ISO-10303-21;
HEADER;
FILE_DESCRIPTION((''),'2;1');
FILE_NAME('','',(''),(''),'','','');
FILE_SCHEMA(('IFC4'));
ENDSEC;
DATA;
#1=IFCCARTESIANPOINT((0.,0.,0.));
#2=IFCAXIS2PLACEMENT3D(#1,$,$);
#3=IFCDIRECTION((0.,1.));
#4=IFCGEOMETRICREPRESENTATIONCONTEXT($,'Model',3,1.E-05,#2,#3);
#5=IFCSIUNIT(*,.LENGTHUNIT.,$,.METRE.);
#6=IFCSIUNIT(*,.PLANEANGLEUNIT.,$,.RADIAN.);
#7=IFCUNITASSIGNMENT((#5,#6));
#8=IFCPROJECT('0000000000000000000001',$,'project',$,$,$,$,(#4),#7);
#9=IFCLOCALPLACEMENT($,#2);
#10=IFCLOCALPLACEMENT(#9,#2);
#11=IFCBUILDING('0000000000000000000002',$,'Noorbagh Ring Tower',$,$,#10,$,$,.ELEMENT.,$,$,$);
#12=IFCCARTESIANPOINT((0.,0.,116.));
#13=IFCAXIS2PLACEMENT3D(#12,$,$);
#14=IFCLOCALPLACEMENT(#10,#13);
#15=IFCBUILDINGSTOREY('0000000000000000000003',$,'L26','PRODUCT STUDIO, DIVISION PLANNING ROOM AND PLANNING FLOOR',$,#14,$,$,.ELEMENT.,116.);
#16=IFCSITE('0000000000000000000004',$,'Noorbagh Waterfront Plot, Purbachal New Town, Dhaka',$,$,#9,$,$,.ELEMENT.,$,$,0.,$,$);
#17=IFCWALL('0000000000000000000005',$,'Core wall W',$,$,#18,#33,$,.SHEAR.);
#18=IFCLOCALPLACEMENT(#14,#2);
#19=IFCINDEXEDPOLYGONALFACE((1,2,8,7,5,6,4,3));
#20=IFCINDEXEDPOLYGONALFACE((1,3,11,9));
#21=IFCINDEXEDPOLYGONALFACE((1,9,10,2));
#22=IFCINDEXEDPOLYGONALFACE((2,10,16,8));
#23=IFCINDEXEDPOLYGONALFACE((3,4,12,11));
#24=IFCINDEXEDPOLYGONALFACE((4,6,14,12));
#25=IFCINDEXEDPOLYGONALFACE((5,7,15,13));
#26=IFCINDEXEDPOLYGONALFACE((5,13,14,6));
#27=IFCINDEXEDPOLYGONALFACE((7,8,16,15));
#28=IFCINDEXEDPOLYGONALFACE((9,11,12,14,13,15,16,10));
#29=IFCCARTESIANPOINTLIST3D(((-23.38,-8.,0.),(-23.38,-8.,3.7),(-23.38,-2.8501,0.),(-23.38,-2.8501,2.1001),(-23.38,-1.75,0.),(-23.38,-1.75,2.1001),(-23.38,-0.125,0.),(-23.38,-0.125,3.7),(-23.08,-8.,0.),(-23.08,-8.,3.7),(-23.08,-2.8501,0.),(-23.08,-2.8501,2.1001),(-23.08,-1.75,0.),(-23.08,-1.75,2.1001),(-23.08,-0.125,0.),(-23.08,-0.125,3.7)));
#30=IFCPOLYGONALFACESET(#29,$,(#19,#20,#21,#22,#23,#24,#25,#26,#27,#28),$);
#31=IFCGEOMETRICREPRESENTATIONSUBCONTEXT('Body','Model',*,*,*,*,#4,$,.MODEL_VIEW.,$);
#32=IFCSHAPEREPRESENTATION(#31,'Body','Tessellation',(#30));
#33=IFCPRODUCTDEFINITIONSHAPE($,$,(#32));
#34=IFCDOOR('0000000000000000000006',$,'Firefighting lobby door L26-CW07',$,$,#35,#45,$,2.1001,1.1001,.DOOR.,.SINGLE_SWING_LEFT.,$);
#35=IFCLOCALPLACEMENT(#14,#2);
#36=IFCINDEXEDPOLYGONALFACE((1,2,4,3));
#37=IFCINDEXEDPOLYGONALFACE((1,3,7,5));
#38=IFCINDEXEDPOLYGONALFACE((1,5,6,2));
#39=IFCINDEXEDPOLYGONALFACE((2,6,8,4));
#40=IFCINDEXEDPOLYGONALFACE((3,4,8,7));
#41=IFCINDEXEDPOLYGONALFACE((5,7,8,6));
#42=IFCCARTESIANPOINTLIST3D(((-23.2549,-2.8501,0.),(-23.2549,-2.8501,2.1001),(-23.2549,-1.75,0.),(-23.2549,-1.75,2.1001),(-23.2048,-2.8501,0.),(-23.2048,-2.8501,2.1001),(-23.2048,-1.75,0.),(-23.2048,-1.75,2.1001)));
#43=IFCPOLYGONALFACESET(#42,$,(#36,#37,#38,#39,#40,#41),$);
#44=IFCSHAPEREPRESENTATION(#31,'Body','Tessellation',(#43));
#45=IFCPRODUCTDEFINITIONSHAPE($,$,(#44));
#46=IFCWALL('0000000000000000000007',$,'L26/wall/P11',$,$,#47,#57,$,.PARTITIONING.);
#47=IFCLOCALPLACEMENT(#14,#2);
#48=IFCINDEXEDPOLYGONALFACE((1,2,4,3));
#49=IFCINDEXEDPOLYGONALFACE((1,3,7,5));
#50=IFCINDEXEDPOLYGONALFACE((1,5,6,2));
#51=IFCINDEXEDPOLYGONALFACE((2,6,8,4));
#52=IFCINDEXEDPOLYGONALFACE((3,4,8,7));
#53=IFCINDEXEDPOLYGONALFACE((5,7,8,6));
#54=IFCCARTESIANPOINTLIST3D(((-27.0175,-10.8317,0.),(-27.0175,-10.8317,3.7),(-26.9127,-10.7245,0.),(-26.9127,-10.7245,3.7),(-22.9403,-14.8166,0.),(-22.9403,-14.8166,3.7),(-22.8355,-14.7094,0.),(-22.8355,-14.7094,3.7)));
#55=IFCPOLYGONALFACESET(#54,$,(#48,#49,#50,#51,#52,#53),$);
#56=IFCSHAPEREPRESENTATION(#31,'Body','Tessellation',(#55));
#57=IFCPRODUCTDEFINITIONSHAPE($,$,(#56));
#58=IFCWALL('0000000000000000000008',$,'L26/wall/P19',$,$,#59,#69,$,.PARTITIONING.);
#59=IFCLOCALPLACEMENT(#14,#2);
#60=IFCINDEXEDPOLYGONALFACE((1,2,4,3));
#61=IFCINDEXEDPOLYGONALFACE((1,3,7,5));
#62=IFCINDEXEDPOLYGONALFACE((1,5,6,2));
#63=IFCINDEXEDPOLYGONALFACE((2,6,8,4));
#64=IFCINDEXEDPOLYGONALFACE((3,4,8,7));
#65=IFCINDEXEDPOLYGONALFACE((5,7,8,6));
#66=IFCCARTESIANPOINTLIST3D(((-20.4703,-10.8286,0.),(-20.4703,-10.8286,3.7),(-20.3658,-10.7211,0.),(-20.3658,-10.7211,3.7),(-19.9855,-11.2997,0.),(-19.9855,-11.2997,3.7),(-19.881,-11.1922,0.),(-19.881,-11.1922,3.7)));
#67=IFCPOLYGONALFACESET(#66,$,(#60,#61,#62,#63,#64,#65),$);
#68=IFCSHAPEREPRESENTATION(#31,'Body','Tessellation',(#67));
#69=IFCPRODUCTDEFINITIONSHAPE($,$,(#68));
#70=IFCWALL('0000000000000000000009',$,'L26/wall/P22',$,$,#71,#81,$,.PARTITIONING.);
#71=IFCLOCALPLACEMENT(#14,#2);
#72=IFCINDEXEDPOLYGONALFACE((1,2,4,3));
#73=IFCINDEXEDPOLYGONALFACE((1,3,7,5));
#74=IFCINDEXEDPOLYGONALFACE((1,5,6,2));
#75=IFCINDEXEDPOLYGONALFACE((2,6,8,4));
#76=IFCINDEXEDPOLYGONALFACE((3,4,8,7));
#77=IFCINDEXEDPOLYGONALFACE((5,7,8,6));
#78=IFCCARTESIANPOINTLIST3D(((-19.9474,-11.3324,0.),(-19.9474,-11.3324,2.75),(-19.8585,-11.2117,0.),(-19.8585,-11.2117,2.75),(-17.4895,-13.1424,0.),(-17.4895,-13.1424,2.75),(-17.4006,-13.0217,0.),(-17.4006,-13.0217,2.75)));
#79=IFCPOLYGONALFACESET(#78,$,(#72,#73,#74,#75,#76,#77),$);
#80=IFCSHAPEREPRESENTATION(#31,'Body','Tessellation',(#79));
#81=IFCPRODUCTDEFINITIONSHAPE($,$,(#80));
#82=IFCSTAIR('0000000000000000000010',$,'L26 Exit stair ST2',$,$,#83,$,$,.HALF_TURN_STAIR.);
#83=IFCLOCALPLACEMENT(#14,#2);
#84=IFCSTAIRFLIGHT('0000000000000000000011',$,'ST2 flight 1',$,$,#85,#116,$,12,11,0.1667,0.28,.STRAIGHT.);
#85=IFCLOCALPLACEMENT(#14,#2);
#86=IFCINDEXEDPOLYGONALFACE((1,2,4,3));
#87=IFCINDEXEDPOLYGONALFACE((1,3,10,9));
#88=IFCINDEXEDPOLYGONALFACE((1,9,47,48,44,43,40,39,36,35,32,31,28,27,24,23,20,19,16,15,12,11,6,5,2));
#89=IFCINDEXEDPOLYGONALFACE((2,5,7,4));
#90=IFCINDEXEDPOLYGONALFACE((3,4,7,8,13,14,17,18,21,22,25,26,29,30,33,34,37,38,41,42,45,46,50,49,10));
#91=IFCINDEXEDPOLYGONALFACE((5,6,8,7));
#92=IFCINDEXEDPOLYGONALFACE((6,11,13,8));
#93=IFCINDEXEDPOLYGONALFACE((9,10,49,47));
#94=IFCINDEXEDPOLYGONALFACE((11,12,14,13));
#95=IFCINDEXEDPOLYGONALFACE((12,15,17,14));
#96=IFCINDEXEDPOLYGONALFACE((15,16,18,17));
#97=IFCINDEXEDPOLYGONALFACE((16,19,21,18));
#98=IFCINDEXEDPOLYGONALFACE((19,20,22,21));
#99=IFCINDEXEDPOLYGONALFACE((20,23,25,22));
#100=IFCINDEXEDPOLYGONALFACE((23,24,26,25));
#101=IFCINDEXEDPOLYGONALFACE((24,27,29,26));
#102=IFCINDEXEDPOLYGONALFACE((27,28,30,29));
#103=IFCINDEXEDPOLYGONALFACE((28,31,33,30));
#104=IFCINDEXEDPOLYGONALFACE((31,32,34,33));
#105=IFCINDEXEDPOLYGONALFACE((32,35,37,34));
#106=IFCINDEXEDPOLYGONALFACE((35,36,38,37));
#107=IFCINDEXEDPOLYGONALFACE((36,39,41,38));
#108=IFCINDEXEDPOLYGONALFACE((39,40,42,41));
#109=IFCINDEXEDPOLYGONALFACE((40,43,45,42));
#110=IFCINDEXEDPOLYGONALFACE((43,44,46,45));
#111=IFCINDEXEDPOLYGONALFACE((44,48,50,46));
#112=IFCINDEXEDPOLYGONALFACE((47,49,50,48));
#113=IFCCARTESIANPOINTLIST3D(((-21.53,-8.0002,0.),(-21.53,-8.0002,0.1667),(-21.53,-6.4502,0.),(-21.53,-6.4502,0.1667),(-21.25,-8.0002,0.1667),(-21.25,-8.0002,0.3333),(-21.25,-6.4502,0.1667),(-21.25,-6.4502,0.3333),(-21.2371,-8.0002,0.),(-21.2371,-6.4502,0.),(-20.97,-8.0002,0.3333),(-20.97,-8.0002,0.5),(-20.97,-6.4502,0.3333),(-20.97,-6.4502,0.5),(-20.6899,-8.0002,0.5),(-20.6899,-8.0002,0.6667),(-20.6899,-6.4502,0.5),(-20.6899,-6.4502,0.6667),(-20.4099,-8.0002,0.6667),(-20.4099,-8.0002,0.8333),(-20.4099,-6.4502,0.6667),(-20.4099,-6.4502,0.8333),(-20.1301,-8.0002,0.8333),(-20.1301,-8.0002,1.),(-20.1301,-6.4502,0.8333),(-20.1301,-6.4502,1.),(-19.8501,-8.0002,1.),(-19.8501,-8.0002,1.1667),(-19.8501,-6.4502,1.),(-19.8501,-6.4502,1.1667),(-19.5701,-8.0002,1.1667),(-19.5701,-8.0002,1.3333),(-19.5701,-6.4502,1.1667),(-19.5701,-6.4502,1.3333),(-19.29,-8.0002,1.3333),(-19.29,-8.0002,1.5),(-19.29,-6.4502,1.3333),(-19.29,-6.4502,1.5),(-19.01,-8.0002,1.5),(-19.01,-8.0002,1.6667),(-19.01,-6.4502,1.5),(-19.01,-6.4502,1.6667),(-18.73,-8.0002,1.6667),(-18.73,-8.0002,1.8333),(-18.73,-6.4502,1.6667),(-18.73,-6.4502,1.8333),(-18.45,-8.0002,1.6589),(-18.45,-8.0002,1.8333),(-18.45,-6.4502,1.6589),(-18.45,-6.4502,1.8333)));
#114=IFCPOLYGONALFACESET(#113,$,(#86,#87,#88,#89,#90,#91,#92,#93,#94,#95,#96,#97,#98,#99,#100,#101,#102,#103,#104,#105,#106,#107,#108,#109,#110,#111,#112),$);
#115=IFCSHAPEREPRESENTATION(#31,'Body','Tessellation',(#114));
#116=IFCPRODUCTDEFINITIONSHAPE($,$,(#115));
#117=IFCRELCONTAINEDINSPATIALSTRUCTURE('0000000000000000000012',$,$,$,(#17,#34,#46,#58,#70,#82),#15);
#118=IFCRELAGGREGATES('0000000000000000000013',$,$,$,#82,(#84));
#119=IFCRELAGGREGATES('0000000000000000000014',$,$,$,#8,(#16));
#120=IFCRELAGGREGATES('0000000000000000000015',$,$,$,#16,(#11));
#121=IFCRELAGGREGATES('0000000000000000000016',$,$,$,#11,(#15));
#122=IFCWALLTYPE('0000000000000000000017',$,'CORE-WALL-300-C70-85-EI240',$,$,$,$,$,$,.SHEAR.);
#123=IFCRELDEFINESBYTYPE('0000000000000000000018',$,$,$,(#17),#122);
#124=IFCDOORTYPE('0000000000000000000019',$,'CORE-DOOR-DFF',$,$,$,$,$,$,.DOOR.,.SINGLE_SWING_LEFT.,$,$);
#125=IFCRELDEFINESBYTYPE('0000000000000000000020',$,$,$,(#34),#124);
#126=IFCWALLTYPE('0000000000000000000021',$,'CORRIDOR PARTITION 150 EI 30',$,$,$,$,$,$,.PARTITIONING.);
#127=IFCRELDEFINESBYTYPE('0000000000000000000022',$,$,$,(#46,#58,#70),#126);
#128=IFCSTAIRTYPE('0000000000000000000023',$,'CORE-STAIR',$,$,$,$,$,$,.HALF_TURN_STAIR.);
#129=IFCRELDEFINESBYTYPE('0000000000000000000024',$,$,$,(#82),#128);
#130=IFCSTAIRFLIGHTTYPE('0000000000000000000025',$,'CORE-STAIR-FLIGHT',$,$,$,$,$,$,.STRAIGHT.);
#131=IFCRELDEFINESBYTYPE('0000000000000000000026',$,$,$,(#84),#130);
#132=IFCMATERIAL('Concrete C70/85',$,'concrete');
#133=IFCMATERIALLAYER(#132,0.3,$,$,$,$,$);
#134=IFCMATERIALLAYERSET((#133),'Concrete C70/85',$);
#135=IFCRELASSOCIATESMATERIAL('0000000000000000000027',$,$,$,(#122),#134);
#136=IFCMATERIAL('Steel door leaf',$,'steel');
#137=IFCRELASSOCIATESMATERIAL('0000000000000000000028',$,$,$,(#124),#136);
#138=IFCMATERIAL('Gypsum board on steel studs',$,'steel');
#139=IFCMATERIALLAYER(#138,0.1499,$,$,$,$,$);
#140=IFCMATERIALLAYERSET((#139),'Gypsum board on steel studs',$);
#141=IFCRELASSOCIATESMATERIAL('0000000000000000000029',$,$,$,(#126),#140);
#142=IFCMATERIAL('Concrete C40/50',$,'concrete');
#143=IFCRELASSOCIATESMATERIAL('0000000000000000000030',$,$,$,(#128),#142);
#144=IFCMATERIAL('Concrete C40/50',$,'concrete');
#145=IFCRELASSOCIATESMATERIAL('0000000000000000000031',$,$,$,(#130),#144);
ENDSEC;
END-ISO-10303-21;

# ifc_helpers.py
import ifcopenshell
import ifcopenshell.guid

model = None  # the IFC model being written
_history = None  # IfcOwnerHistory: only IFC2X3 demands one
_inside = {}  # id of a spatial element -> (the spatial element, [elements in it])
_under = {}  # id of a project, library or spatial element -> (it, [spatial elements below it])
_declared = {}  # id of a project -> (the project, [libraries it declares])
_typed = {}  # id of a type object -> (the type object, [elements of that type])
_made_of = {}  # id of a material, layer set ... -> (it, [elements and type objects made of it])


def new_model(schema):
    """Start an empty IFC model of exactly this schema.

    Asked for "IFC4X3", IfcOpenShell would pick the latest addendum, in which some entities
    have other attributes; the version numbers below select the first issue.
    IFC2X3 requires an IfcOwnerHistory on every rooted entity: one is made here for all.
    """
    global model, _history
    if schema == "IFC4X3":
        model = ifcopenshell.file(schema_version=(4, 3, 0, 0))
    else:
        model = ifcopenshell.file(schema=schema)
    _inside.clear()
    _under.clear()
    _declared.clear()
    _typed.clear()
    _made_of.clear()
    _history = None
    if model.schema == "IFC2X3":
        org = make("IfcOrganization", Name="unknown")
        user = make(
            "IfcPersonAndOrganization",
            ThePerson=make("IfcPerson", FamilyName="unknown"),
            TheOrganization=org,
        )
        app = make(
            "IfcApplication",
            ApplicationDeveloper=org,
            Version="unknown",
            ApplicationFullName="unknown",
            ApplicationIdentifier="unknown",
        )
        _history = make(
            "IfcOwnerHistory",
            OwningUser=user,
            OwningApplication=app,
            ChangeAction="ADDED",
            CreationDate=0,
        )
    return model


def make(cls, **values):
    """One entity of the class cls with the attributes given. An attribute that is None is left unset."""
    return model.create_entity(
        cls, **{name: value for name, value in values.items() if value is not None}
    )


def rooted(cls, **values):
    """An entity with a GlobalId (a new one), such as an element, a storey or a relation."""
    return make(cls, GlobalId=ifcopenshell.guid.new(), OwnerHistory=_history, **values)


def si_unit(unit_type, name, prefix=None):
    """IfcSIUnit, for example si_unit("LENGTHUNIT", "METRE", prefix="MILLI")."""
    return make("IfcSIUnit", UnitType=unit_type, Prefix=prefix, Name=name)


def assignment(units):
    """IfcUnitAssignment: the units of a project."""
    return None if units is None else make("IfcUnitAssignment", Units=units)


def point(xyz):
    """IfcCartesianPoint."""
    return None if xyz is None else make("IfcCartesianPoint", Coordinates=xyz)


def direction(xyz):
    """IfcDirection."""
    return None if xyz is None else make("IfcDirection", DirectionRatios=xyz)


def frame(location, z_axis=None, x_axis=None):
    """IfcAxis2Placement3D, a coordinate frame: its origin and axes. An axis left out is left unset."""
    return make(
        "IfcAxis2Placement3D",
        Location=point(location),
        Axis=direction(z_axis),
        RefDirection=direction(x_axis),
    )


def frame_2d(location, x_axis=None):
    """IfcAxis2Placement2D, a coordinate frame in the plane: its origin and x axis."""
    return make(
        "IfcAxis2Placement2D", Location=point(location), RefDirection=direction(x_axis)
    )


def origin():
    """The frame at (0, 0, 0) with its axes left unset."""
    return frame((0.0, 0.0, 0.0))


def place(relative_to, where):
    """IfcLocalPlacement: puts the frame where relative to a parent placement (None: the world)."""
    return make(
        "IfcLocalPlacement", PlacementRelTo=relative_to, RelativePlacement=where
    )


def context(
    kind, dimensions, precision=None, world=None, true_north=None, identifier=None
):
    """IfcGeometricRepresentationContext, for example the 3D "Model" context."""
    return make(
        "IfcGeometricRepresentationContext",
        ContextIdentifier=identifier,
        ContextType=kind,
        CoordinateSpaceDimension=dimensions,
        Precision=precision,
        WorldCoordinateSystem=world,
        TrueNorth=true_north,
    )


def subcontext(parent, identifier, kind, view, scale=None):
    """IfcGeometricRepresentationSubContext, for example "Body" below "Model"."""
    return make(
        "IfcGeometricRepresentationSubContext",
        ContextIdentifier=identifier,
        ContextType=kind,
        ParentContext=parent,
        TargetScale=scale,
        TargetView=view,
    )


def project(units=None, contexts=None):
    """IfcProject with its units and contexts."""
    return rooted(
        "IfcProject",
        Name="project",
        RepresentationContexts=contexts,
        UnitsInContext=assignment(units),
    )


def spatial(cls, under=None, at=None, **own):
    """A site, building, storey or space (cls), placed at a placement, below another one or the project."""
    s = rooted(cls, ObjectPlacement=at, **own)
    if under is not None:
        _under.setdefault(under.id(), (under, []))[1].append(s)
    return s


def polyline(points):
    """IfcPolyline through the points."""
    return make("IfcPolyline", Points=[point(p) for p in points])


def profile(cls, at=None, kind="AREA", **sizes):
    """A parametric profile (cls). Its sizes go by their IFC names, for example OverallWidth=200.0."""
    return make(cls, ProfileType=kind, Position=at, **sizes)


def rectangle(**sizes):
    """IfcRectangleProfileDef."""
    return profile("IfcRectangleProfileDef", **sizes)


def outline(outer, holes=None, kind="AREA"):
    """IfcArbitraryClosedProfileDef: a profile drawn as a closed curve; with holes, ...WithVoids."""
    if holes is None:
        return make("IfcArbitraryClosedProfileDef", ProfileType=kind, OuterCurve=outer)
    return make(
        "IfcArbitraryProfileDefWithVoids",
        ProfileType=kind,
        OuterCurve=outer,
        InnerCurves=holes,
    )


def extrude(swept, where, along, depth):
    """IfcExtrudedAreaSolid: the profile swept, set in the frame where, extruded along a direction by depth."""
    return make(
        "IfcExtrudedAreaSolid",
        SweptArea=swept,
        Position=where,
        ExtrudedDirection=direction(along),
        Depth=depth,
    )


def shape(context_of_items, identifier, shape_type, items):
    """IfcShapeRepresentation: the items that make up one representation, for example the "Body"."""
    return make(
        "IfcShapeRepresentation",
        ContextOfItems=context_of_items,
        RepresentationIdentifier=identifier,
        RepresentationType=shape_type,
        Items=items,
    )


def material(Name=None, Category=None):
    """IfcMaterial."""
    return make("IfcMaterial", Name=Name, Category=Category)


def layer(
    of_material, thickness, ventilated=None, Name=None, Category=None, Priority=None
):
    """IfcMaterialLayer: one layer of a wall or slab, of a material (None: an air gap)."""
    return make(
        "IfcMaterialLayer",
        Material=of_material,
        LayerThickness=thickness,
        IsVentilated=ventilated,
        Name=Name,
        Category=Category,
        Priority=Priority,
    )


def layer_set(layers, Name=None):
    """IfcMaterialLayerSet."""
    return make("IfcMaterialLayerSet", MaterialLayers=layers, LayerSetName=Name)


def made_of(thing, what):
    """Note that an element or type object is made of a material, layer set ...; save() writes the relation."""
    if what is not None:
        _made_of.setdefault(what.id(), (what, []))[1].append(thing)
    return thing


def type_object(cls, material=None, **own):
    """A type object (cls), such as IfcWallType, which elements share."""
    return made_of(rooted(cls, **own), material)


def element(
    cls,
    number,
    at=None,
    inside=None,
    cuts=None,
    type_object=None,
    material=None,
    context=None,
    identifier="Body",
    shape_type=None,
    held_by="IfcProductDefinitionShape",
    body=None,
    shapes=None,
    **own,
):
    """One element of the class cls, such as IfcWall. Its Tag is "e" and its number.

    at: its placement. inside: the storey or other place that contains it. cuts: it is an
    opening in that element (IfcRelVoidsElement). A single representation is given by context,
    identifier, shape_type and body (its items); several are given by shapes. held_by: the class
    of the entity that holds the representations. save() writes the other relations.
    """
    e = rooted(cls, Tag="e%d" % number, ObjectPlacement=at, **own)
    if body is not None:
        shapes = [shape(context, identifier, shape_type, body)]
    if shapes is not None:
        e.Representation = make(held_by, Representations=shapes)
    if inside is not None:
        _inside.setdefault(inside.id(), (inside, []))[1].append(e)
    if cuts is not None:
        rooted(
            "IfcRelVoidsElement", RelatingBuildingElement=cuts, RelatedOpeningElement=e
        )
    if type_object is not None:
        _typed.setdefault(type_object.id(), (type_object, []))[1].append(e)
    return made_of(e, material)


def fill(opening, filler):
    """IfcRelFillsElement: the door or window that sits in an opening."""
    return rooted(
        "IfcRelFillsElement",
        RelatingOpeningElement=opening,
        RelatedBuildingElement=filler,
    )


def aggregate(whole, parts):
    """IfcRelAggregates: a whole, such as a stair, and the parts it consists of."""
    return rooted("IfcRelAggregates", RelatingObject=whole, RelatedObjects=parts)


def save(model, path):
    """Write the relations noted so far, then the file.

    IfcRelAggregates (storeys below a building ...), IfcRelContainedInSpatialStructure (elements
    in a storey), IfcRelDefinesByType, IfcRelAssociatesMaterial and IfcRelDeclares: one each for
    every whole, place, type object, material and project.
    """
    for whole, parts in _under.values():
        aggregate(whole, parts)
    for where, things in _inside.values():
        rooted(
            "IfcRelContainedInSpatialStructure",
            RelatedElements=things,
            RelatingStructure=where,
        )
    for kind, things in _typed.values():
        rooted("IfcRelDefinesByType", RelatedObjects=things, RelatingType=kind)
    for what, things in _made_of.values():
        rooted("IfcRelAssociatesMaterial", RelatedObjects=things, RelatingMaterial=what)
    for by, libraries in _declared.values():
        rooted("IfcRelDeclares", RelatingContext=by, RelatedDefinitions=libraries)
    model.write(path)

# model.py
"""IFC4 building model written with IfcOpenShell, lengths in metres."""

from ifc_helpers import new_model, si_unit, direction, frame, frame_2d, origin, place, context, subcontext, project, spatial, polyline, rectangle, outline, extrude, material, layer, layer_set, type_object, element, fill, aggregate, save


model = new_model("IFC4")

# Units and contexts
model_context = context("Model", 3, precision=1e-05, world=origin(), true_north=direction((0.0, 1.0)))
body_context = subcontext(model_context, "Body", "Model", "MODEL_VIEW")
ifc_project = project(units=[si_unit("LENGTHUNIT", "METRE"), si_unit("PLANEANGLEUNIT", "RADIAN")], contexts=[model_context])

# Site, building, storey
site_placement = place(None, origin())
site = spatial("IfcSite", under=ifc_project, at=site_placement, Name="Noorbagh Waterfront Plot, Purbachal New Town, Dhaka", CompositionType="ELEMENT", RefElevation=0.0)
building_placement = place(site_placement, origin())
building = spatial("IfcBuilding", under=site, at=building_placement, Name="Noorbagh Ring Tower", CompositionType="ELEMENT")
storey_placement = place(building_placement, frame((0.0, 0.0, 116.0)))
storey = spatial("IfcBuildingStorey", under=building, at=storey_placement, Name="L26", Description="PRODUCT STUDIO, DIVISION PLANNING ROOM AND PLANNING FLOOR", CompositionType="ELEMENT", Elevation=116.0)

# Shared definitions
ifc_material_1 = material(Name="Concrete C70/85", Category="concrete")
ifc_layer_1 = layer(ifc_material_1, 0.3)
ifc_layer_set_1 = layer_set([ifc_layer_1], Name="Concrete C70/85")
wall_type_1 = type_object("IfcWallType", Name="CORE-WALL-300-C70-85-EI240", PredefinedType="SHEAR", material=ifc_layer_set_1)

# Wall, opening, door
wall_1_placement = place(storey_placement, frame((-23.23, -8.0, 0.0), z_axis=(0.0, 0.0, 1.0), x_axis=(0.0, 1.0, 0.0)))
wall_1 = element("IfcWall", 1, at=wall_1_placement, inside=storey, type_object=wall_type_1, Name="Core wall W", PredefinedType="SHEAR", context=body_context, shape_type="SweptSolid", body=[
    extrude(rectangle(XDim=7.875, YDim=0.3, at=frame_2d((3.9375, 0.0))), origin(), (0.0, 0.0, 1.0), 3.7),
])
opening_1_placement = place(wall_1_placement, frame((5.1499, 0.0, 0.0)))
opening_1 = element("IfcOpeningElement", 2, at=opening_1_placement, cuts=wall_1, PredefinedType="OPENING", context=body_context, shape_type="SweptSolid", body=[
    extrude(rectangle(XDim=1.1001, YDim=2.1001, at=frame_2d((0.55, 1.05))), frame((0.0, 0.1602, 0.0), z_axis=(0.0, -1.0, 0.0), x_axis=(1.0, 0.0, 0.0)), (0.0, 0.0, 1.0), 0.3201),
])
ifc_material_2 = material(Name="Steel door leaf", Category="steel")
door_type_1 = type_object("IfcDoorType", Name="CORE-DOOR-DFF", OperationType="SINGLE_SWING_LEFT", PredefinedType="DOOR", material=ifc_material_2)
door_1_placement = place(opening_1_placement, origin())
door_1 = element("IfcDoor", 3, at=door_1_placement, inside=storey, type_object=door_type_1, Name="Firefighting lobby door L26-CW07", OperationType="SINGLE_SWING_LEFT", OverallHeight=2.1001, OverallWidth=1.1001, PredefinedType="DOOR", context=body_context, shape_type="SweptSolid", body=[
    extrude(rectangle(XDim=1.1001, YDim=2.1001, at=frame_2d((0.55, 1.05))), frame((0.0, 0.0249, 0.0), z_axis=(0.0, -1.0, 0.0), x_axis=(1.0, 0.0, 0.0)), (0.0, 0.0, 1.0), 0.05),
])
fill(opening_1, door_1)

# Walls
ifc_material_3 = material(Name="Gypsum board on steel studs", Category="steel")
ifc_layer_2 = layer(ifc_material_3, 0.1499)
ifc_layer_set_2 = layer_set([ifc_layer_2], Name="Gypsum board on steel studs")
wall_type_2 = type_object("IfcWallType", Name="CORRIDOR PARTITION 150 EI 30", PredefinedType="PARTITIONING", material=ifc_layer_set_2)
wall_2_placement = place(storey_placement, frame((-26.9651, -10.7781, 0.0), z_axis=(0.0, 0.0, 1.0), x_axis=(0.715154, -0.698967, 0.0)))
element("IfcWall", 4, at=wall_2_placement, inside=storey, type_object=wall_type_2, Name="L26/wall/P11", PredefinedType="PARTITIONING", context=body_context, shape_type="SweptSolid", body=[
    extrude(rectangle(XDim=5.7012, YDim=0.1499, at=frame_2d((2.8506, 0.0))), origin(), (0.0, 0.0, 1.0), 3.7),
])
wall_3_placement = place(storey_placement, frame((-20.418, -10.7749, 0.0), z_axis=(0.0, 0.0, 1.0), x_axis=(0.717145, -0.696924, 0.0)))
element("IfcWall", 5, at=wall_3_placement, inside=storey, type_object=wall_type_2, Name="L26/wall/P19", PredefinedType="PARTITIONING", context=body_context, shape_type="SweptSolid", body=[
    extrude(rectangle(XDim=0.676, YDim=0.1499, at=frame_2d((0.3379, 0.0))), origin(), (0.0, 0.0, 1.0), 3.7),
])
wall_4_placement = place(storey_placement, frame((-19.9031, -11.272, 0.0), z_axis=(0.0, 0.0, 1.0), x_axis=(0.805229, -0.592964, 0.0)))
element("IfcWall", 6, at=wall_4_placement, inside=storey, type_object=wall_type_2, Name="L26/wall/P22", PredefinedType="PARTITIONING", context=body_context, shape_type="SweptSolid", body=[
    extrude(rectangle(XDim=3.0525, YDim=0.1499, at=frame_2d((1.5264, 0.0))), origin(), (0.0, 0.0, 1.0), 2.75),
])

# Stair, stair flight
ifc_material_4 = material(Name="Concrete C40/50", Category="concrete")
stair_type = type_object("IfcStairType", Name="CORE-STAIR", PredefinedType="HALF_TURN_STAIR", material=ifc_material_4)
stair_placement = place(storey_placement, origin())
stair = element("IfcStair", 7, at=stair_placement, inside=storey, type_object=stair_type, Name="L26 Exit stair ST2", PredefinedType="HALF_TURN_STAIR")
ifc_material_5 = material(Name="Concrete C40/50", Category="concrete")
stair_flight_type = type_object("IfcStairFlightType", Name="CORE-STAIR-FLIGHT", PredefinedType="STRAIGHT", material=ifc_material_5)
stair_flight_placement = place(storey_placement, frame((-21.53, -7.2251, 0.0), z_axis=(0.0, 0.0, 1.0), x_axis=(1.0, 0.0, 0.0)))
stair_flight = element("IfcStairFlight", 8, at=stair_flight_placement, type_object=stair_flight_type, Name="ST2 flight 1", NumberOfRisers=12, NumberOfTreads=11, PredefinedType="STRAIGHT", RiserHeight=0.1667, TreadLength=0.28, context=body_context, shape_type="SweptSolid", body=[
    extrude(outline(polyline([(0.0, 0.0), (0.0, 0.1667), (0.28, 0.1667), (0.28, 0.3333), (0.5601, 0.3333), (0.5601, 0.5), (0.8401, 0.5), (0.8401, 0.6667), (1.1201, 0.6667), (1.1201, 0.8333), (1.3999, 0.8333), (1.3999, 1.0), (1.6799, 1.0), (1.6799, 1.1667), (1.96, 1.1667), (1.96, 1.3333), (2.24, 1.3333), (2.24, 1.5), (2.52, 1.5), (2.52, 1.6667), (2.8, 1.6667), (2.8, 1.8333), (3.0801, 1.8333), (3.0801, 2.0), (3.0801, 1.6589), (0.293, 0.0), (0.0, 0.0)])), frame((0.0, 0.7749, 0.0), z_axis=(0.0, -1.0, 0.0), x_axis=(1.0, 0.0, 0.0)), (0.0, 0.0, 1.0), 1.55),
])
aggregate(stair, [stair_flight])

save(model, "model.ifc")
